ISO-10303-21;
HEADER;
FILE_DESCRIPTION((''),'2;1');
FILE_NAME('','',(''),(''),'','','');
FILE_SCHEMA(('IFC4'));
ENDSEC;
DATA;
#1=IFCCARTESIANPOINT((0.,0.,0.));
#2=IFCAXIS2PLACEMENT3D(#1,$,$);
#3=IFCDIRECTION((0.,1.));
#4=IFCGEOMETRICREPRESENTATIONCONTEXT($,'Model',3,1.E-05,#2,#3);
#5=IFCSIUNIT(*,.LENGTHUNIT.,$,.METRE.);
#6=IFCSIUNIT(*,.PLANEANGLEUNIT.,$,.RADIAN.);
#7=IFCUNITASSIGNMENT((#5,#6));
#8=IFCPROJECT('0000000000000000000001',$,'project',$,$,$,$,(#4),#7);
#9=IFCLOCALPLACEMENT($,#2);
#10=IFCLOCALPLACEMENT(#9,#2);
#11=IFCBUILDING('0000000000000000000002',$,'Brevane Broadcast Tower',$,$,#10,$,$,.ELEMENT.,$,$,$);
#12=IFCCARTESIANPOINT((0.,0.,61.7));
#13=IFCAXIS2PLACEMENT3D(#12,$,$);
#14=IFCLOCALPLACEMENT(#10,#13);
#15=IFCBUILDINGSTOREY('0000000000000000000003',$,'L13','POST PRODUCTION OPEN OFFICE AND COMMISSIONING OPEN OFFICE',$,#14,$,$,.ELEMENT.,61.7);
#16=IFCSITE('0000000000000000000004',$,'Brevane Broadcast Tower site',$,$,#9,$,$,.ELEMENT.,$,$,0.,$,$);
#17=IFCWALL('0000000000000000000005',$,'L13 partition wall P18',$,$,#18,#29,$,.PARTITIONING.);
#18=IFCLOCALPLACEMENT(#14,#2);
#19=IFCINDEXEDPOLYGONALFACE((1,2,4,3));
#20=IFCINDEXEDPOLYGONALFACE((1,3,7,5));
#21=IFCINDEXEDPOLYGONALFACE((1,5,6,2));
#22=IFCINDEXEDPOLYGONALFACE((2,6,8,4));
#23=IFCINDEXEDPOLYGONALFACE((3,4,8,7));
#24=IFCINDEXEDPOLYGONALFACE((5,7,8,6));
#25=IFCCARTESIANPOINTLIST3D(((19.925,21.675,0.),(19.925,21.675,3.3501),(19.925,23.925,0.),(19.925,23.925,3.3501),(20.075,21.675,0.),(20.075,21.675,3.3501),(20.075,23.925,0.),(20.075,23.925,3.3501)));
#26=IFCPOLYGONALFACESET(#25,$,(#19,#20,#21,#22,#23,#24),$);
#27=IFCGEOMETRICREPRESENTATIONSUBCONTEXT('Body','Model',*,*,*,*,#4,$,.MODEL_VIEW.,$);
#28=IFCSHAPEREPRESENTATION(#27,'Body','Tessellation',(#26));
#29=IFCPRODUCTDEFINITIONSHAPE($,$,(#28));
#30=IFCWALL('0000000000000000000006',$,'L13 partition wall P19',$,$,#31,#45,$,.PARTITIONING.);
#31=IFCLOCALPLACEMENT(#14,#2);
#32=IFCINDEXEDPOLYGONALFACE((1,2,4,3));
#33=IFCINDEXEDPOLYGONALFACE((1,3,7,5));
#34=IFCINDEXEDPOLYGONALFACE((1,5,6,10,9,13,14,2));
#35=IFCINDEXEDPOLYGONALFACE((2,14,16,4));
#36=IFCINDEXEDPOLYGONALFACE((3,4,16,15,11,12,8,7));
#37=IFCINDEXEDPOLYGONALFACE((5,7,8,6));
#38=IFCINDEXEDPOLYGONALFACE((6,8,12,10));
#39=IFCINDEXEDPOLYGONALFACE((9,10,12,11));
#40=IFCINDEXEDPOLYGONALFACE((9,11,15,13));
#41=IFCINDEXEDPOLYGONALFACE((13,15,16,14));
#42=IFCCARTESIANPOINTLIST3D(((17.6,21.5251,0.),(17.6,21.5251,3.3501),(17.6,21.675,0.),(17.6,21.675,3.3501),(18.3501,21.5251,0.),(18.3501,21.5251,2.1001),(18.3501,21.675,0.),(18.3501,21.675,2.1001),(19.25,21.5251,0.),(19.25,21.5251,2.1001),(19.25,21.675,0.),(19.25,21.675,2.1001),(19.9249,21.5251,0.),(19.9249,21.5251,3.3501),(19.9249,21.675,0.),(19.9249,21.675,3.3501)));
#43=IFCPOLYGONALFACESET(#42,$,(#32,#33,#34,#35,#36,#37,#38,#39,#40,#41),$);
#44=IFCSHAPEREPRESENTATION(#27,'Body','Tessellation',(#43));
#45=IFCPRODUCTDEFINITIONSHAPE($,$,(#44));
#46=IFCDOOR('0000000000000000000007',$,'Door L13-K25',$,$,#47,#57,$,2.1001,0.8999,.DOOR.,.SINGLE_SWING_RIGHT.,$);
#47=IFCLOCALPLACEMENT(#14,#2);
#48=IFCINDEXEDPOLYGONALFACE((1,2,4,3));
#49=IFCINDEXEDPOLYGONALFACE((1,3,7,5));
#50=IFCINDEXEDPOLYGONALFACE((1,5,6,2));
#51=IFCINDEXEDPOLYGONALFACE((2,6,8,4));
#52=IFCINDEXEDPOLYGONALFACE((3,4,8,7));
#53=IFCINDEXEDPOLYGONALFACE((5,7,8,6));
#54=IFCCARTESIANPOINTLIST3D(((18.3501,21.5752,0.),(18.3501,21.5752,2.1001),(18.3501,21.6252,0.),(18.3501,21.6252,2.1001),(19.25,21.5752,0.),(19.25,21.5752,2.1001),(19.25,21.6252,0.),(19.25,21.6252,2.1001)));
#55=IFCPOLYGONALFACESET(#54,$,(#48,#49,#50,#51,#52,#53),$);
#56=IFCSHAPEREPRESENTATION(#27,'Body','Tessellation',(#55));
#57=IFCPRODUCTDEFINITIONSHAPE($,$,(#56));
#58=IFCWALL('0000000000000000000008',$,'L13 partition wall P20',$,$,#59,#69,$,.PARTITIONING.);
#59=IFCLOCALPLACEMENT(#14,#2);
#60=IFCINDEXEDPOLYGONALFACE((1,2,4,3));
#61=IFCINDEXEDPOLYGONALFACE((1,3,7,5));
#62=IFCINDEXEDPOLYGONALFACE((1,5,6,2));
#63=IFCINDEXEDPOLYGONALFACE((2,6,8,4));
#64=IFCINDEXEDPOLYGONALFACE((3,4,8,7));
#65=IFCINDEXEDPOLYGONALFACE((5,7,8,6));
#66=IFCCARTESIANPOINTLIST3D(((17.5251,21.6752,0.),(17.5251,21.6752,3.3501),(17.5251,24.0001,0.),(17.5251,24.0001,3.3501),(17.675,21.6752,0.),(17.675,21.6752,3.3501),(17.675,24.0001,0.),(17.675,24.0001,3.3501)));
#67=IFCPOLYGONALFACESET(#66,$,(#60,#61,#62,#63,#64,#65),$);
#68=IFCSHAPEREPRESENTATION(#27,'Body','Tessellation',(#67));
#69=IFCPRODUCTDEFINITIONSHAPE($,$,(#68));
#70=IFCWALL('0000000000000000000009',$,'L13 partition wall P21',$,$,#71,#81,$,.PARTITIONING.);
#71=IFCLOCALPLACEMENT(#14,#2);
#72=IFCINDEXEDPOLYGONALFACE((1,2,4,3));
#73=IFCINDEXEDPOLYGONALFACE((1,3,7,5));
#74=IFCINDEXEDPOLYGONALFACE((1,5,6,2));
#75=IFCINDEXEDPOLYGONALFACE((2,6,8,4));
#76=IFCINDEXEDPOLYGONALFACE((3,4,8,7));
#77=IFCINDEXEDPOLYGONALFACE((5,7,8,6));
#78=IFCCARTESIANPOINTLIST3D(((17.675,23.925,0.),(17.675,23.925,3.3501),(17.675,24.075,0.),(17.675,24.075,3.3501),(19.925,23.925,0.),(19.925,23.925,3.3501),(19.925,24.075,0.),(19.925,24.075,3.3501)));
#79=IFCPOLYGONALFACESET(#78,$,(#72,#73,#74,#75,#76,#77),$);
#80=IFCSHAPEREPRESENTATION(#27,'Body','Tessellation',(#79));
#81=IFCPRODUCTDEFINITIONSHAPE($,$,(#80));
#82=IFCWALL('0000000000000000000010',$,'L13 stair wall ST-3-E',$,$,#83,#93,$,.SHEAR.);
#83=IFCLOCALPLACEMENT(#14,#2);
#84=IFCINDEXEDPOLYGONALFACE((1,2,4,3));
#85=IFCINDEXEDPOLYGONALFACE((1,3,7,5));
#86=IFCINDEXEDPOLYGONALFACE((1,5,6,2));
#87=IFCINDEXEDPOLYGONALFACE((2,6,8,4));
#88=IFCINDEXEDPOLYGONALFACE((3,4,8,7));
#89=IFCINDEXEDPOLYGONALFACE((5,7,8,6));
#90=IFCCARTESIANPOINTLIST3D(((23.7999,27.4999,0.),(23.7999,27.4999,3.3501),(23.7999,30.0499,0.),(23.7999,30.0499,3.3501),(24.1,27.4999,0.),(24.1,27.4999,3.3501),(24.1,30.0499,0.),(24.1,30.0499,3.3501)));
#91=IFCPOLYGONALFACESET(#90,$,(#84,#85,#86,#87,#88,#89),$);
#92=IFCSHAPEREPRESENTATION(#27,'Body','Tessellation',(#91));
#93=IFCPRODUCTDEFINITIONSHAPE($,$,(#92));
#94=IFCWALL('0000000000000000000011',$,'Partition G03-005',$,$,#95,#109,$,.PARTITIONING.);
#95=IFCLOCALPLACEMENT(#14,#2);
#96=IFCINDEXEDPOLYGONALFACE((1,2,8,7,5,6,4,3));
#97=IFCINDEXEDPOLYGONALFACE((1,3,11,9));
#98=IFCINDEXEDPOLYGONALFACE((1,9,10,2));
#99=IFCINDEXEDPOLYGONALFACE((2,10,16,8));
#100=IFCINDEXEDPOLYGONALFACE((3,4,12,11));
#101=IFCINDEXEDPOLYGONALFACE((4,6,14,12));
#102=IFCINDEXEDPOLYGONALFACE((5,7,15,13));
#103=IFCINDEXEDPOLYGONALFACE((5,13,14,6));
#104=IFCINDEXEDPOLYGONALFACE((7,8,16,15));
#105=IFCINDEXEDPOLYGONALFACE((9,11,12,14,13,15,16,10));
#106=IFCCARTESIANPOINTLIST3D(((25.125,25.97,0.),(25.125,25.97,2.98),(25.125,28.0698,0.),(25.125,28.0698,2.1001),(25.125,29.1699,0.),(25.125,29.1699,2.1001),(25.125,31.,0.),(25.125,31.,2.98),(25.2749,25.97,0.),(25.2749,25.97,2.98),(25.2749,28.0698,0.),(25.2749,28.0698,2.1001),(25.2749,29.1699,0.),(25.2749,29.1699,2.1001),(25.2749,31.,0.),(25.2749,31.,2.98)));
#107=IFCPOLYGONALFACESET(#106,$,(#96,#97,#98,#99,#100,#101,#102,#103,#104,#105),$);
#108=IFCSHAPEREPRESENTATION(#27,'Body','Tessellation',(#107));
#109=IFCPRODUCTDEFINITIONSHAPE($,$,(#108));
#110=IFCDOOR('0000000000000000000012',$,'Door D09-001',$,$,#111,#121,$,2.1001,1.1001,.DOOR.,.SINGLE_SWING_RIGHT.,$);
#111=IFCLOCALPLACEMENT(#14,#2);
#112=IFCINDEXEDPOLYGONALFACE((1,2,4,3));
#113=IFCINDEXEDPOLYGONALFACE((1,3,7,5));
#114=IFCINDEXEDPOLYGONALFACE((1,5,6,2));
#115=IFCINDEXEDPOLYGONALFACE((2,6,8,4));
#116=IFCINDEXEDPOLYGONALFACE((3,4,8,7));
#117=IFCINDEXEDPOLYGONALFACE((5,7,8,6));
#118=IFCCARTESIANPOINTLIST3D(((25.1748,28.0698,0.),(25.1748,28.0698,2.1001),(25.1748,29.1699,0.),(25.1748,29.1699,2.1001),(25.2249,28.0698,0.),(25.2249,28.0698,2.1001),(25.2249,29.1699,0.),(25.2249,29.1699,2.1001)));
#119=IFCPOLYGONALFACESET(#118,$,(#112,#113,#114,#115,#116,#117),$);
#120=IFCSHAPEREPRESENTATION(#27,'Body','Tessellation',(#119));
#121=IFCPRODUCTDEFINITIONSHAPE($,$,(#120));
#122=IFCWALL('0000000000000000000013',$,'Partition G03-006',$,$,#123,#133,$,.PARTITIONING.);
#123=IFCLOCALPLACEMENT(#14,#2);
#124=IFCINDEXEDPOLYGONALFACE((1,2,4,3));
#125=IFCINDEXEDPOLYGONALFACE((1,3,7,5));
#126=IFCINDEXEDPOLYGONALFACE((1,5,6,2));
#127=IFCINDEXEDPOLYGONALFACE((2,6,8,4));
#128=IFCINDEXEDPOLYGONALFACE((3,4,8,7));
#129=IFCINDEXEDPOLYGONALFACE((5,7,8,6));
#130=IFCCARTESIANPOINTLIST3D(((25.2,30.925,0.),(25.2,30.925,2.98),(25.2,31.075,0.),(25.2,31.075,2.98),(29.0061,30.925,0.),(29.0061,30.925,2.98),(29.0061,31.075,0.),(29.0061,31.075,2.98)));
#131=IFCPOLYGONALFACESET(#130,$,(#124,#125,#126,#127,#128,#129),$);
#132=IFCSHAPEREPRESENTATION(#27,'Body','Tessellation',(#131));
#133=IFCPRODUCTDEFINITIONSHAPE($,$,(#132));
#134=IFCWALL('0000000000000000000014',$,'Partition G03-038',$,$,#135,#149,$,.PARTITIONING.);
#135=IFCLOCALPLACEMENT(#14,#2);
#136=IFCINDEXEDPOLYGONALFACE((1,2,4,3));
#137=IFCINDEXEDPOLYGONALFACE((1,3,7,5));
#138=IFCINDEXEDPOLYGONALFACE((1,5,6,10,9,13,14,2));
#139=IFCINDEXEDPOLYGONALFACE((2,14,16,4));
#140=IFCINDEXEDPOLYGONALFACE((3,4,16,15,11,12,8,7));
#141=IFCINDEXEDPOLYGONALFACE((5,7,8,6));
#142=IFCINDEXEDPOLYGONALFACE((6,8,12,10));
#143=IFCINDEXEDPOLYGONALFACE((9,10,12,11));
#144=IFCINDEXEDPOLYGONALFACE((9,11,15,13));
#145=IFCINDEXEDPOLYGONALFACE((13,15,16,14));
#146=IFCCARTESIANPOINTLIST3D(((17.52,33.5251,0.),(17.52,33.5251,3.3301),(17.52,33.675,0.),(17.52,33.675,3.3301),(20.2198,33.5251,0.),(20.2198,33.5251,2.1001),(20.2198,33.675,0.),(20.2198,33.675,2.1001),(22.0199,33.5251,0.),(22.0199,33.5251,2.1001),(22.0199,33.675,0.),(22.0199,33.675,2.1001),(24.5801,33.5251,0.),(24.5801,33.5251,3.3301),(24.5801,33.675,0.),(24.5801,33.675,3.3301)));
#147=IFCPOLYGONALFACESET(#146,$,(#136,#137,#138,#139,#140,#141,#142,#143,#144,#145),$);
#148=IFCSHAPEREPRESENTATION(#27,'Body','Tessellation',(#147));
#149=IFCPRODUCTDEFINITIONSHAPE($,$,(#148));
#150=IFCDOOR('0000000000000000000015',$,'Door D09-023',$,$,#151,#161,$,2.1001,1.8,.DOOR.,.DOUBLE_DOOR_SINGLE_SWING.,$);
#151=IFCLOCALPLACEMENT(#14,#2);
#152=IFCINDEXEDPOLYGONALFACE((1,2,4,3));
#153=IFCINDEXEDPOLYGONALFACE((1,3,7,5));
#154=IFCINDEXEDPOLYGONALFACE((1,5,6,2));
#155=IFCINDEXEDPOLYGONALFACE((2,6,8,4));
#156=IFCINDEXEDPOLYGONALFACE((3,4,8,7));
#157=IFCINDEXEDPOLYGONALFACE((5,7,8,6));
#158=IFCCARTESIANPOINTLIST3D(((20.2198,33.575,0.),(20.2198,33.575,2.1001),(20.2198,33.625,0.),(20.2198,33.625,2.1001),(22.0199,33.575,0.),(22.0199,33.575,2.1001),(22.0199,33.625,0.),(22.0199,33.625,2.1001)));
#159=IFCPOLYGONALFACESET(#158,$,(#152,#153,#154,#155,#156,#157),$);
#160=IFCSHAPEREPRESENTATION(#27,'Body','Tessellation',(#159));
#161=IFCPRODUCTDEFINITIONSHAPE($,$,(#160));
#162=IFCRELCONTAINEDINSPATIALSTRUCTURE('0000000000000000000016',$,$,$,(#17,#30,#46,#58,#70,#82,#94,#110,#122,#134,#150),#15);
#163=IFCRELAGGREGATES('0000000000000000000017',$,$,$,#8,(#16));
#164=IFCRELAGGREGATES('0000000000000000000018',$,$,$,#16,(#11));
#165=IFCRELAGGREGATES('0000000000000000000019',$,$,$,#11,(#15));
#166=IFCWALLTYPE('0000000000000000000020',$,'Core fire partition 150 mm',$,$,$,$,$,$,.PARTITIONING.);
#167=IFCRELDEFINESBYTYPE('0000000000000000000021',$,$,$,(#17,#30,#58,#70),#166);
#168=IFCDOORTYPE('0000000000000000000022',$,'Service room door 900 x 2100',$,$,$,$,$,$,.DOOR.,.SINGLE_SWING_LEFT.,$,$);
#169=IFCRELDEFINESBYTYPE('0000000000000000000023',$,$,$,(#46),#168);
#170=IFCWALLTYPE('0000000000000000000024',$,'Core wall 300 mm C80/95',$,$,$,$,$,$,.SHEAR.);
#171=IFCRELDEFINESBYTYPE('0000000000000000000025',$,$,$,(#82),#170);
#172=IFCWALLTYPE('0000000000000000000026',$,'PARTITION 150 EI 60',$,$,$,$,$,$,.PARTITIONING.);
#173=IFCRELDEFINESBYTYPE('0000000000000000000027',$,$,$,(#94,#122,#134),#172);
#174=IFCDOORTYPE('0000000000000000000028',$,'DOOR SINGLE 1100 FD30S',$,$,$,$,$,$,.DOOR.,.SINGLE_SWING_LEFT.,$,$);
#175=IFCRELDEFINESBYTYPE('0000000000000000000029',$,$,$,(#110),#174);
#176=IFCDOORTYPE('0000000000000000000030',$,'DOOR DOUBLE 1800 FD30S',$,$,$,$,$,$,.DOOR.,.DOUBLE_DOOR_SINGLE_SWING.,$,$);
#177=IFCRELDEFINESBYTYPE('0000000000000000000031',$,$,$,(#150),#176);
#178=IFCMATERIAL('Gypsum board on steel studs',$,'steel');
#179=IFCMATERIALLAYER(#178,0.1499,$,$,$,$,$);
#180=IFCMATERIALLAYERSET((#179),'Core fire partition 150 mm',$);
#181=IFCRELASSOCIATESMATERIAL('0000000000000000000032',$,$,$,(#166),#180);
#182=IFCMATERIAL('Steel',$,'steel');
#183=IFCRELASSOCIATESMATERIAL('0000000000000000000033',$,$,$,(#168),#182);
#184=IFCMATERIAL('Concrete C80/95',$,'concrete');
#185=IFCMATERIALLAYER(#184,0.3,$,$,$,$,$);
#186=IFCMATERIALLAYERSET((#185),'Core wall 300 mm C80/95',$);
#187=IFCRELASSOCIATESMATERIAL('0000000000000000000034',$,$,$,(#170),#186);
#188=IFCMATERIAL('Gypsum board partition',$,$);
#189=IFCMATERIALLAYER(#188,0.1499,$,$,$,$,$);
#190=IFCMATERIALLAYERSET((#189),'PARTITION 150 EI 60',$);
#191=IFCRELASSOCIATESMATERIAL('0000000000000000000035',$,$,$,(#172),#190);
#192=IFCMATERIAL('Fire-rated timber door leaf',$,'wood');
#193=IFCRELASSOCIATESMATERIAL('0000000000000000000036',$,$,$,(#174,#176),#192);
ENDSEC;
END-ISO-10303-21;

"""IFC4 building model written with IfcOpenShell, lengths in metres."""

from ifc_helpers import new_model, si_unit, direction, frame, frame_2d, origin, place, context, subcontext, project, spatial, polyline, rectangle, outline, extrude, material, layer, layer_set, type_object, element, fill, save


model = new_model("IFC4")

# Units and contexts
model_context = context("Model", 3, precision=1e-05, world=origin(), true_north=direction((0.0, 1.0)))
body_context = subcontext(model_context, "Body", "Model", "MODEL_VIEW")
ifc_project = project(units=[si_unit("LENGTHUNIT", "METRE"), si_unit("PLANEANGLEUNIT", "RADIAN")], contexts=[model_context])

# Site, building, storey
site_placement = place(None, origin())
site = spatial("IfcSite", under=ifc_project, at=site_placement, Name="Brevane Broadcast Tower site", CompositionType="ELEMENT", RefElevation=0.0)
building_placement = place(site_placement, origin())
building = spatial("IfcBuilding", under=site, at=building_placement, Name="Brevane Broadcast Tower", CompositionType="ELEMENT")
storey_placement = place(building_placement, frame((0.0, 0.0, 61.7)))
storey = spatial("IfcBuildingStorey", under=building, at=storey_placement, Name="L13", Description="POST PRODUCTION OPEN OFFICE AND COMMISSIONING OPEN OFFICE", CompositionType="ELEMENT", Elevation=61.7)

# Shared definitions
ifc_material_1 = material(Name="Concrete C80/95", Category="concrete")

# Shared definitions
ifc_material_2 = material(Name="Gypsum board on steel studs", Category="steel")
ifc_layer_1 = layer(ifc_material_2, 0.1499)
ifc_layer_set_1 = layer_set([ifc_layer_1], Name="Core fire partition 150 mm")
wall_type_1 = type_object("IfcWallType", Name="Core fire partition 150 mm", PredefinedType="PARTITIONING", material=ifc_layer_set_1)

# Wall
wall_1_placement = place(storey_placement, frame((20.0, 21.675, 0.0), z_axis=(0.0, 0.0, 1.0), x_axis=(0.0, 1.0, 0.0)))
element("IfcWall", 1, at=wall_1_placement, inside=storey, type_object=wall_type_1, Name="L13 partition wall P18", PredefinedType="PARTITIONING", context=body_context, shape_type="SweptSolid", body=[
    extrude(rectangle(XDim=2.25, YDim=0.1499, at=frame_2d((1.125, 0.0))), origin(), (0.0, 0.0, 1.0), 3.3501),
])

# Wall, opening, door
wall_2_placement = place(storey_placement, frame((19.925, 21.6001, 0.0), z_axis=(0.0, 0.0, 1.0), x_axis=(-1.0, 0.0, 0.0)))
wall_2 = element("IfcWall", 2, at=wall_2_placement, inside=storey, type_object=wall_type_1, Name="L13 partition wall P19", PredefinedType="PARTITIONING", context=body_context, shape_type="SweptSolid", body=[
    extrude(rectangle(XDim=2.325, YDim=0.1499, at=frame_2d((1.1626, 0.0))), origin(), (0.0, 0.0, 1.0), 3.3501),
])
opening_1_placement = place(wall_2_placement, frame((0.675, 0.0, 0.0)))
opening_1 = element("IfcOpeningElement", 3, at=opening_1_placement, cuts=wall_2, PredefinedType="OPENING", context=body_context, shape_type="SweptSolid", body=[
    extrude(rectangle(XDim=0.8999, YDim=2.1001, at=frame_2d((0.45, 1.05))), frame((0.0, 0.085, 0.0), z_axis=(0.0, -1.0, 0.0), x_axis=(1.0, 0.0, 0.0)), (0.0, 0.0, 1.0), 0.1699),
])
ifc_material_3 = material(Name="Steel", Category="steel")
door_type_1 = type_object("IfcDoorType", Name="Service room door 900 x 2100", OperationType="SINGLE_SWING_LEFT", PredefinedType="DOOR", material=ifc_material_3)
door_1_placement = place(opening_1_placement, origin())
door_1 = element("IfcDoor", 4, at=door_1_placement, inside=storey, type_object=door_type_1, Name="Door L13-K25", OperationType="SINGLE_SWING_RIGHT", OverallHeight=2.1001, OverallWidth=0.8999, PredefinedType="DOOR", context=body_context, shape_type="SweptSolid", body=[
    extrude(rectangle(XDim=0.8999, YDim=2.1001, at=frame_2d((0.45, 1.05))), frame((0.0, 0.0249, 0.0), z_axis=(0.0, -1.0, 0.0), x_axis=(1.0, 0.0, 0.0)), (0.0, 0.0, 1.0), 0.05),
])
fill(opening_1, door_1)

# Walls
wall_3_placement = place(storey_placement, frame((17.6001, 21.675, 0.0), z_axis=(0.0, 0.0, 1.0), x_axis=(0.0, 1.0, 0.0)))
element("IfcWall", 5, at=wall_3_placement, inside=storey, type_object=wall_type_1, Name="L13 partition wall P20", PredefinedType="PARTITIONING", context=body_context, shape_type="SweptSolid", body=[
    extrude(rectangle(XDim=2.325, YDim=0.1499, at=frame_2d((1.1626, 0.0))), origin(), (0.0, 0.0, 1.0), 3.3501),
])
wall_4_placement = place(storey_placement, frame((17.675, 24.0, 0.0), z_axis=(0.0, 0.0, 1.0), x_axis=(1.0, 0.0, 0.0)))
element("IfcWall", 6, at=wall_4_placement, inside=storey, type_object=wall_type_1, Name="L13 partition wall P21", PredefinedType="PARTITIONING", context=body_context, shape_type="SweptSolid", body=[
    extrude(rectangle(XDim=2.25, YDim=0.1499, at=frame_2d((1.125, 0.0))), origin(), (0.0, 0.0, 1.0), 3.3501),
])
ifc_layer_2 = layer(ifc_material_1, 0.3)
ifc_layer_set_2 = layer_set([ifc_layer_2], Name="Core wall 300 mm C80/95")
wall_type_2 = type_object("IfcWallType", Name="Core wall 300 mm C80/95", PredefinedType="SHEAR", material=ifc_layer_set_2)
wall_5_placement = place(storey_placement, frame((23.95, 27.5, 0.0), z_axis=(0.0, 0.0, 1.0), x_axis=(0.0, 1.0, 0.0)))
element("IfcWall", 7, at=wall_5_placement, inside=storey, type_object=wall_type_2, Name="L13 stair wall ST-3-E", PredefinedType="SHEAR", context=body_context, shape_type="SweptSolid", body=[
    extrude(rectangle(XDim=2.55, YDim=0.3, at=frame_2d((1.2749, 0.0))), origin(), (0.0, 0.0, 1.0), 3.3501),
])

# Wall, opening, door
ifc_material_4 = material(Name="Gypsum board partition")
ifc_layer_3 = layer(ifc_material_4, 0.1499)
ifc_layer_set_3 = layer_set([ifc_layer_3], Name="PARTITION 150 EI 60")
wall_type_3 = type_object("IfcWallType", Name="PARTITION 150 EI 60", PredefinedType="PARTITIONING", material=ifc_layer_set_3)
wall_6_placement = place(storey_placement, frame((25.2, 31.0, 0.0), z_axis=(0.0, 0.0, 1.0), x_axis=(0.0, -1.0, 0.0)))
wall_6 = element("IfcWall", 8, at=wall_6_placement, inside=storey, type_object=wall_type_3, Name="Partition G03-005", PredefinedType="PARTITIONING", context=body_context, shape_type="SweptSolid", body=[
    extrude(outline(polyline([(0.0, 0.0), (5.03, 0.0), (5.03, 2.98), (0.0, 2.98), (0.0, 0.0)])), frame((0.0, 0.075, 0.0), z_axis=(0.0, -1.0, 0.0), x_axis=(1.0, 0.0, 0.0)), (0.0, 0.0, 1.0), 0.1499),
])
opening_2_placement = place(wall_6_placement, frame((1.8301, 0.0, 0.0)))
opening_2 = element("IfcOpeningElement", 9, at=opening_2_placement, cuts=wall_6, PredefinedType="OPENING", context=body_context, shape_type="SweptSolid", body=[
    extrude(rectangle(XDim=1.1001, YDim=2.1001, at=frame_2d((0.55, 1.05))), frame((0.0, 0.085, 0.0), z_axis=(0.0, -1.0, 0.0), x_axis=(1.0, 0.0, 0.0)), (0.0, 0.0, 1.0), 0.1699),
])
ifc_material_5 = material(Name="Fire-rated timber door leaf", Category="wood")
door_type_2 = type_object("IfcDoorType", Name="DOOR SINGLE 1100 FD30S", OperationType="SINGLE_SWING_LEFT", PredefinedType="DOOR", material=ifc_material_5)
door_2_placement = place(opening_2_placement, origin())
door_2 = element("IfcDoor", 10, at=door_2_placement, inside=storey, type_object=door_type_2, Name="Door D09-001", OperationType="SINGLE_SWING_RIGHT", OverallHeight=2.1001, OverallWidth=1.1001, PredefinedType="DOOR", context=body_context, shape_type="SweptSolid", body=[
    extrude(rectangle(XDim=1.1001, YDim=2.1001, at=frame_2d((0.55, 1.05))), frame((0.0, 0.0249, 0.0), z_axis=(0.0, -1.0, 0.0), x_axis=(1.0, 0.0, 0.0)), (0.0, 0.0, 1.0), 0.05),
])
fill(opening_2, door_2)

# Wall
wall_7_placement = place(storey_placement, frame((25.2, 31.0, 0.0), z_axis=(0.0, 0.0, 1.0), x_axis=(1.0, 0.0, 0.0)))
element("IfcWall", 11, at=wall_7_placement, inside=storey, type_object=wall_type_3, Name="Partition G03-006", PredefinedType="PARTITIONING", context=body_context, shape_type="SweptSolid", body=[
    extrude(rectangle(XDim=3.8062, YDim=0.1499, at=frame_2d((1.9031, 0.0))), origin(), (0.0, 0.0, 1.0), 2.98),
])

# Wall, opening, door
wall_8_placement = place(storey_placement, frame((17.52, 33.6001, 0.0), z_axis=(0.0, 0.0, 1.0), x_axis=(1.0, 0.0, 0.0)))
wall_8 = element("IfcWall", 12, at=wall_8_placement, inside=storey, type_object=wall_type_3, Name="Partition G03-038", PredefinedType="PARTITIONING", context=body_context, shape_type="SweptSolid", body=[
    extrude(rectangle(XDim=7.0601, YDim=0.1499, at=frame_2d((3.53, 0.0))), origin(), (0.0, 0.0, 1.0), 3.3301),
])
opening_3_placement = place(wall_8_placement, frame((2.7, 0.0, 0.0)))
opening_3 = element("IfcOpeningElement", 13, at=opening_3_placement, cuts=wall_8, PredefinedType="OPENING", context=body_context, shape_type="SweptSolid", body=[
    extrude(rectangle(XDim=1.8, YDim=2.1001, at=frame_2d((0.8999, 1.05))), frame((0.0, 0.085, 0.0), z_axis=(0.0, -1.0, 0.0), x_axis=(1.0, 0.0, 0.0)), (0.0, 0.0, 1.0), 0.1699),
])
door_type_3 = type_object("IfcDoorType", Name="DOOR DOUBLE 1800 FD30S", OperationType="DOUBLE_DOOR_SINGLE_SWING", PredefinedType="DOOR", material=ifc_material_5)
door_3_placement = place(opening_3_placement, origin())
door_3 = element("IfcDoor", 14, at=door_3_placement, inside=storey, type_object=door_type_3, Name="Door D09-023", OperationType="DOUBLE_DOOR_SINGLE_SWING", OverallHeight=2.1001, OverallWidth=1.8, PredefinedType="DOOR", context=body_context, shape_type="SweptSolid", body=[
    extrude(rectangle(XDim=1.8, YDim=2.1001, at=frame_2d((0.8999, 1.05))), frame((0.0, 0.0249, 0.0), z_axis=(0.0, -1.0, 0.0), x_axis=(1.0, 0.0, 0.0)), (0.0, 0.0, 1.0), 0.05),
])
fill(opening_3, door_3)

save(model, "model.ifc")
